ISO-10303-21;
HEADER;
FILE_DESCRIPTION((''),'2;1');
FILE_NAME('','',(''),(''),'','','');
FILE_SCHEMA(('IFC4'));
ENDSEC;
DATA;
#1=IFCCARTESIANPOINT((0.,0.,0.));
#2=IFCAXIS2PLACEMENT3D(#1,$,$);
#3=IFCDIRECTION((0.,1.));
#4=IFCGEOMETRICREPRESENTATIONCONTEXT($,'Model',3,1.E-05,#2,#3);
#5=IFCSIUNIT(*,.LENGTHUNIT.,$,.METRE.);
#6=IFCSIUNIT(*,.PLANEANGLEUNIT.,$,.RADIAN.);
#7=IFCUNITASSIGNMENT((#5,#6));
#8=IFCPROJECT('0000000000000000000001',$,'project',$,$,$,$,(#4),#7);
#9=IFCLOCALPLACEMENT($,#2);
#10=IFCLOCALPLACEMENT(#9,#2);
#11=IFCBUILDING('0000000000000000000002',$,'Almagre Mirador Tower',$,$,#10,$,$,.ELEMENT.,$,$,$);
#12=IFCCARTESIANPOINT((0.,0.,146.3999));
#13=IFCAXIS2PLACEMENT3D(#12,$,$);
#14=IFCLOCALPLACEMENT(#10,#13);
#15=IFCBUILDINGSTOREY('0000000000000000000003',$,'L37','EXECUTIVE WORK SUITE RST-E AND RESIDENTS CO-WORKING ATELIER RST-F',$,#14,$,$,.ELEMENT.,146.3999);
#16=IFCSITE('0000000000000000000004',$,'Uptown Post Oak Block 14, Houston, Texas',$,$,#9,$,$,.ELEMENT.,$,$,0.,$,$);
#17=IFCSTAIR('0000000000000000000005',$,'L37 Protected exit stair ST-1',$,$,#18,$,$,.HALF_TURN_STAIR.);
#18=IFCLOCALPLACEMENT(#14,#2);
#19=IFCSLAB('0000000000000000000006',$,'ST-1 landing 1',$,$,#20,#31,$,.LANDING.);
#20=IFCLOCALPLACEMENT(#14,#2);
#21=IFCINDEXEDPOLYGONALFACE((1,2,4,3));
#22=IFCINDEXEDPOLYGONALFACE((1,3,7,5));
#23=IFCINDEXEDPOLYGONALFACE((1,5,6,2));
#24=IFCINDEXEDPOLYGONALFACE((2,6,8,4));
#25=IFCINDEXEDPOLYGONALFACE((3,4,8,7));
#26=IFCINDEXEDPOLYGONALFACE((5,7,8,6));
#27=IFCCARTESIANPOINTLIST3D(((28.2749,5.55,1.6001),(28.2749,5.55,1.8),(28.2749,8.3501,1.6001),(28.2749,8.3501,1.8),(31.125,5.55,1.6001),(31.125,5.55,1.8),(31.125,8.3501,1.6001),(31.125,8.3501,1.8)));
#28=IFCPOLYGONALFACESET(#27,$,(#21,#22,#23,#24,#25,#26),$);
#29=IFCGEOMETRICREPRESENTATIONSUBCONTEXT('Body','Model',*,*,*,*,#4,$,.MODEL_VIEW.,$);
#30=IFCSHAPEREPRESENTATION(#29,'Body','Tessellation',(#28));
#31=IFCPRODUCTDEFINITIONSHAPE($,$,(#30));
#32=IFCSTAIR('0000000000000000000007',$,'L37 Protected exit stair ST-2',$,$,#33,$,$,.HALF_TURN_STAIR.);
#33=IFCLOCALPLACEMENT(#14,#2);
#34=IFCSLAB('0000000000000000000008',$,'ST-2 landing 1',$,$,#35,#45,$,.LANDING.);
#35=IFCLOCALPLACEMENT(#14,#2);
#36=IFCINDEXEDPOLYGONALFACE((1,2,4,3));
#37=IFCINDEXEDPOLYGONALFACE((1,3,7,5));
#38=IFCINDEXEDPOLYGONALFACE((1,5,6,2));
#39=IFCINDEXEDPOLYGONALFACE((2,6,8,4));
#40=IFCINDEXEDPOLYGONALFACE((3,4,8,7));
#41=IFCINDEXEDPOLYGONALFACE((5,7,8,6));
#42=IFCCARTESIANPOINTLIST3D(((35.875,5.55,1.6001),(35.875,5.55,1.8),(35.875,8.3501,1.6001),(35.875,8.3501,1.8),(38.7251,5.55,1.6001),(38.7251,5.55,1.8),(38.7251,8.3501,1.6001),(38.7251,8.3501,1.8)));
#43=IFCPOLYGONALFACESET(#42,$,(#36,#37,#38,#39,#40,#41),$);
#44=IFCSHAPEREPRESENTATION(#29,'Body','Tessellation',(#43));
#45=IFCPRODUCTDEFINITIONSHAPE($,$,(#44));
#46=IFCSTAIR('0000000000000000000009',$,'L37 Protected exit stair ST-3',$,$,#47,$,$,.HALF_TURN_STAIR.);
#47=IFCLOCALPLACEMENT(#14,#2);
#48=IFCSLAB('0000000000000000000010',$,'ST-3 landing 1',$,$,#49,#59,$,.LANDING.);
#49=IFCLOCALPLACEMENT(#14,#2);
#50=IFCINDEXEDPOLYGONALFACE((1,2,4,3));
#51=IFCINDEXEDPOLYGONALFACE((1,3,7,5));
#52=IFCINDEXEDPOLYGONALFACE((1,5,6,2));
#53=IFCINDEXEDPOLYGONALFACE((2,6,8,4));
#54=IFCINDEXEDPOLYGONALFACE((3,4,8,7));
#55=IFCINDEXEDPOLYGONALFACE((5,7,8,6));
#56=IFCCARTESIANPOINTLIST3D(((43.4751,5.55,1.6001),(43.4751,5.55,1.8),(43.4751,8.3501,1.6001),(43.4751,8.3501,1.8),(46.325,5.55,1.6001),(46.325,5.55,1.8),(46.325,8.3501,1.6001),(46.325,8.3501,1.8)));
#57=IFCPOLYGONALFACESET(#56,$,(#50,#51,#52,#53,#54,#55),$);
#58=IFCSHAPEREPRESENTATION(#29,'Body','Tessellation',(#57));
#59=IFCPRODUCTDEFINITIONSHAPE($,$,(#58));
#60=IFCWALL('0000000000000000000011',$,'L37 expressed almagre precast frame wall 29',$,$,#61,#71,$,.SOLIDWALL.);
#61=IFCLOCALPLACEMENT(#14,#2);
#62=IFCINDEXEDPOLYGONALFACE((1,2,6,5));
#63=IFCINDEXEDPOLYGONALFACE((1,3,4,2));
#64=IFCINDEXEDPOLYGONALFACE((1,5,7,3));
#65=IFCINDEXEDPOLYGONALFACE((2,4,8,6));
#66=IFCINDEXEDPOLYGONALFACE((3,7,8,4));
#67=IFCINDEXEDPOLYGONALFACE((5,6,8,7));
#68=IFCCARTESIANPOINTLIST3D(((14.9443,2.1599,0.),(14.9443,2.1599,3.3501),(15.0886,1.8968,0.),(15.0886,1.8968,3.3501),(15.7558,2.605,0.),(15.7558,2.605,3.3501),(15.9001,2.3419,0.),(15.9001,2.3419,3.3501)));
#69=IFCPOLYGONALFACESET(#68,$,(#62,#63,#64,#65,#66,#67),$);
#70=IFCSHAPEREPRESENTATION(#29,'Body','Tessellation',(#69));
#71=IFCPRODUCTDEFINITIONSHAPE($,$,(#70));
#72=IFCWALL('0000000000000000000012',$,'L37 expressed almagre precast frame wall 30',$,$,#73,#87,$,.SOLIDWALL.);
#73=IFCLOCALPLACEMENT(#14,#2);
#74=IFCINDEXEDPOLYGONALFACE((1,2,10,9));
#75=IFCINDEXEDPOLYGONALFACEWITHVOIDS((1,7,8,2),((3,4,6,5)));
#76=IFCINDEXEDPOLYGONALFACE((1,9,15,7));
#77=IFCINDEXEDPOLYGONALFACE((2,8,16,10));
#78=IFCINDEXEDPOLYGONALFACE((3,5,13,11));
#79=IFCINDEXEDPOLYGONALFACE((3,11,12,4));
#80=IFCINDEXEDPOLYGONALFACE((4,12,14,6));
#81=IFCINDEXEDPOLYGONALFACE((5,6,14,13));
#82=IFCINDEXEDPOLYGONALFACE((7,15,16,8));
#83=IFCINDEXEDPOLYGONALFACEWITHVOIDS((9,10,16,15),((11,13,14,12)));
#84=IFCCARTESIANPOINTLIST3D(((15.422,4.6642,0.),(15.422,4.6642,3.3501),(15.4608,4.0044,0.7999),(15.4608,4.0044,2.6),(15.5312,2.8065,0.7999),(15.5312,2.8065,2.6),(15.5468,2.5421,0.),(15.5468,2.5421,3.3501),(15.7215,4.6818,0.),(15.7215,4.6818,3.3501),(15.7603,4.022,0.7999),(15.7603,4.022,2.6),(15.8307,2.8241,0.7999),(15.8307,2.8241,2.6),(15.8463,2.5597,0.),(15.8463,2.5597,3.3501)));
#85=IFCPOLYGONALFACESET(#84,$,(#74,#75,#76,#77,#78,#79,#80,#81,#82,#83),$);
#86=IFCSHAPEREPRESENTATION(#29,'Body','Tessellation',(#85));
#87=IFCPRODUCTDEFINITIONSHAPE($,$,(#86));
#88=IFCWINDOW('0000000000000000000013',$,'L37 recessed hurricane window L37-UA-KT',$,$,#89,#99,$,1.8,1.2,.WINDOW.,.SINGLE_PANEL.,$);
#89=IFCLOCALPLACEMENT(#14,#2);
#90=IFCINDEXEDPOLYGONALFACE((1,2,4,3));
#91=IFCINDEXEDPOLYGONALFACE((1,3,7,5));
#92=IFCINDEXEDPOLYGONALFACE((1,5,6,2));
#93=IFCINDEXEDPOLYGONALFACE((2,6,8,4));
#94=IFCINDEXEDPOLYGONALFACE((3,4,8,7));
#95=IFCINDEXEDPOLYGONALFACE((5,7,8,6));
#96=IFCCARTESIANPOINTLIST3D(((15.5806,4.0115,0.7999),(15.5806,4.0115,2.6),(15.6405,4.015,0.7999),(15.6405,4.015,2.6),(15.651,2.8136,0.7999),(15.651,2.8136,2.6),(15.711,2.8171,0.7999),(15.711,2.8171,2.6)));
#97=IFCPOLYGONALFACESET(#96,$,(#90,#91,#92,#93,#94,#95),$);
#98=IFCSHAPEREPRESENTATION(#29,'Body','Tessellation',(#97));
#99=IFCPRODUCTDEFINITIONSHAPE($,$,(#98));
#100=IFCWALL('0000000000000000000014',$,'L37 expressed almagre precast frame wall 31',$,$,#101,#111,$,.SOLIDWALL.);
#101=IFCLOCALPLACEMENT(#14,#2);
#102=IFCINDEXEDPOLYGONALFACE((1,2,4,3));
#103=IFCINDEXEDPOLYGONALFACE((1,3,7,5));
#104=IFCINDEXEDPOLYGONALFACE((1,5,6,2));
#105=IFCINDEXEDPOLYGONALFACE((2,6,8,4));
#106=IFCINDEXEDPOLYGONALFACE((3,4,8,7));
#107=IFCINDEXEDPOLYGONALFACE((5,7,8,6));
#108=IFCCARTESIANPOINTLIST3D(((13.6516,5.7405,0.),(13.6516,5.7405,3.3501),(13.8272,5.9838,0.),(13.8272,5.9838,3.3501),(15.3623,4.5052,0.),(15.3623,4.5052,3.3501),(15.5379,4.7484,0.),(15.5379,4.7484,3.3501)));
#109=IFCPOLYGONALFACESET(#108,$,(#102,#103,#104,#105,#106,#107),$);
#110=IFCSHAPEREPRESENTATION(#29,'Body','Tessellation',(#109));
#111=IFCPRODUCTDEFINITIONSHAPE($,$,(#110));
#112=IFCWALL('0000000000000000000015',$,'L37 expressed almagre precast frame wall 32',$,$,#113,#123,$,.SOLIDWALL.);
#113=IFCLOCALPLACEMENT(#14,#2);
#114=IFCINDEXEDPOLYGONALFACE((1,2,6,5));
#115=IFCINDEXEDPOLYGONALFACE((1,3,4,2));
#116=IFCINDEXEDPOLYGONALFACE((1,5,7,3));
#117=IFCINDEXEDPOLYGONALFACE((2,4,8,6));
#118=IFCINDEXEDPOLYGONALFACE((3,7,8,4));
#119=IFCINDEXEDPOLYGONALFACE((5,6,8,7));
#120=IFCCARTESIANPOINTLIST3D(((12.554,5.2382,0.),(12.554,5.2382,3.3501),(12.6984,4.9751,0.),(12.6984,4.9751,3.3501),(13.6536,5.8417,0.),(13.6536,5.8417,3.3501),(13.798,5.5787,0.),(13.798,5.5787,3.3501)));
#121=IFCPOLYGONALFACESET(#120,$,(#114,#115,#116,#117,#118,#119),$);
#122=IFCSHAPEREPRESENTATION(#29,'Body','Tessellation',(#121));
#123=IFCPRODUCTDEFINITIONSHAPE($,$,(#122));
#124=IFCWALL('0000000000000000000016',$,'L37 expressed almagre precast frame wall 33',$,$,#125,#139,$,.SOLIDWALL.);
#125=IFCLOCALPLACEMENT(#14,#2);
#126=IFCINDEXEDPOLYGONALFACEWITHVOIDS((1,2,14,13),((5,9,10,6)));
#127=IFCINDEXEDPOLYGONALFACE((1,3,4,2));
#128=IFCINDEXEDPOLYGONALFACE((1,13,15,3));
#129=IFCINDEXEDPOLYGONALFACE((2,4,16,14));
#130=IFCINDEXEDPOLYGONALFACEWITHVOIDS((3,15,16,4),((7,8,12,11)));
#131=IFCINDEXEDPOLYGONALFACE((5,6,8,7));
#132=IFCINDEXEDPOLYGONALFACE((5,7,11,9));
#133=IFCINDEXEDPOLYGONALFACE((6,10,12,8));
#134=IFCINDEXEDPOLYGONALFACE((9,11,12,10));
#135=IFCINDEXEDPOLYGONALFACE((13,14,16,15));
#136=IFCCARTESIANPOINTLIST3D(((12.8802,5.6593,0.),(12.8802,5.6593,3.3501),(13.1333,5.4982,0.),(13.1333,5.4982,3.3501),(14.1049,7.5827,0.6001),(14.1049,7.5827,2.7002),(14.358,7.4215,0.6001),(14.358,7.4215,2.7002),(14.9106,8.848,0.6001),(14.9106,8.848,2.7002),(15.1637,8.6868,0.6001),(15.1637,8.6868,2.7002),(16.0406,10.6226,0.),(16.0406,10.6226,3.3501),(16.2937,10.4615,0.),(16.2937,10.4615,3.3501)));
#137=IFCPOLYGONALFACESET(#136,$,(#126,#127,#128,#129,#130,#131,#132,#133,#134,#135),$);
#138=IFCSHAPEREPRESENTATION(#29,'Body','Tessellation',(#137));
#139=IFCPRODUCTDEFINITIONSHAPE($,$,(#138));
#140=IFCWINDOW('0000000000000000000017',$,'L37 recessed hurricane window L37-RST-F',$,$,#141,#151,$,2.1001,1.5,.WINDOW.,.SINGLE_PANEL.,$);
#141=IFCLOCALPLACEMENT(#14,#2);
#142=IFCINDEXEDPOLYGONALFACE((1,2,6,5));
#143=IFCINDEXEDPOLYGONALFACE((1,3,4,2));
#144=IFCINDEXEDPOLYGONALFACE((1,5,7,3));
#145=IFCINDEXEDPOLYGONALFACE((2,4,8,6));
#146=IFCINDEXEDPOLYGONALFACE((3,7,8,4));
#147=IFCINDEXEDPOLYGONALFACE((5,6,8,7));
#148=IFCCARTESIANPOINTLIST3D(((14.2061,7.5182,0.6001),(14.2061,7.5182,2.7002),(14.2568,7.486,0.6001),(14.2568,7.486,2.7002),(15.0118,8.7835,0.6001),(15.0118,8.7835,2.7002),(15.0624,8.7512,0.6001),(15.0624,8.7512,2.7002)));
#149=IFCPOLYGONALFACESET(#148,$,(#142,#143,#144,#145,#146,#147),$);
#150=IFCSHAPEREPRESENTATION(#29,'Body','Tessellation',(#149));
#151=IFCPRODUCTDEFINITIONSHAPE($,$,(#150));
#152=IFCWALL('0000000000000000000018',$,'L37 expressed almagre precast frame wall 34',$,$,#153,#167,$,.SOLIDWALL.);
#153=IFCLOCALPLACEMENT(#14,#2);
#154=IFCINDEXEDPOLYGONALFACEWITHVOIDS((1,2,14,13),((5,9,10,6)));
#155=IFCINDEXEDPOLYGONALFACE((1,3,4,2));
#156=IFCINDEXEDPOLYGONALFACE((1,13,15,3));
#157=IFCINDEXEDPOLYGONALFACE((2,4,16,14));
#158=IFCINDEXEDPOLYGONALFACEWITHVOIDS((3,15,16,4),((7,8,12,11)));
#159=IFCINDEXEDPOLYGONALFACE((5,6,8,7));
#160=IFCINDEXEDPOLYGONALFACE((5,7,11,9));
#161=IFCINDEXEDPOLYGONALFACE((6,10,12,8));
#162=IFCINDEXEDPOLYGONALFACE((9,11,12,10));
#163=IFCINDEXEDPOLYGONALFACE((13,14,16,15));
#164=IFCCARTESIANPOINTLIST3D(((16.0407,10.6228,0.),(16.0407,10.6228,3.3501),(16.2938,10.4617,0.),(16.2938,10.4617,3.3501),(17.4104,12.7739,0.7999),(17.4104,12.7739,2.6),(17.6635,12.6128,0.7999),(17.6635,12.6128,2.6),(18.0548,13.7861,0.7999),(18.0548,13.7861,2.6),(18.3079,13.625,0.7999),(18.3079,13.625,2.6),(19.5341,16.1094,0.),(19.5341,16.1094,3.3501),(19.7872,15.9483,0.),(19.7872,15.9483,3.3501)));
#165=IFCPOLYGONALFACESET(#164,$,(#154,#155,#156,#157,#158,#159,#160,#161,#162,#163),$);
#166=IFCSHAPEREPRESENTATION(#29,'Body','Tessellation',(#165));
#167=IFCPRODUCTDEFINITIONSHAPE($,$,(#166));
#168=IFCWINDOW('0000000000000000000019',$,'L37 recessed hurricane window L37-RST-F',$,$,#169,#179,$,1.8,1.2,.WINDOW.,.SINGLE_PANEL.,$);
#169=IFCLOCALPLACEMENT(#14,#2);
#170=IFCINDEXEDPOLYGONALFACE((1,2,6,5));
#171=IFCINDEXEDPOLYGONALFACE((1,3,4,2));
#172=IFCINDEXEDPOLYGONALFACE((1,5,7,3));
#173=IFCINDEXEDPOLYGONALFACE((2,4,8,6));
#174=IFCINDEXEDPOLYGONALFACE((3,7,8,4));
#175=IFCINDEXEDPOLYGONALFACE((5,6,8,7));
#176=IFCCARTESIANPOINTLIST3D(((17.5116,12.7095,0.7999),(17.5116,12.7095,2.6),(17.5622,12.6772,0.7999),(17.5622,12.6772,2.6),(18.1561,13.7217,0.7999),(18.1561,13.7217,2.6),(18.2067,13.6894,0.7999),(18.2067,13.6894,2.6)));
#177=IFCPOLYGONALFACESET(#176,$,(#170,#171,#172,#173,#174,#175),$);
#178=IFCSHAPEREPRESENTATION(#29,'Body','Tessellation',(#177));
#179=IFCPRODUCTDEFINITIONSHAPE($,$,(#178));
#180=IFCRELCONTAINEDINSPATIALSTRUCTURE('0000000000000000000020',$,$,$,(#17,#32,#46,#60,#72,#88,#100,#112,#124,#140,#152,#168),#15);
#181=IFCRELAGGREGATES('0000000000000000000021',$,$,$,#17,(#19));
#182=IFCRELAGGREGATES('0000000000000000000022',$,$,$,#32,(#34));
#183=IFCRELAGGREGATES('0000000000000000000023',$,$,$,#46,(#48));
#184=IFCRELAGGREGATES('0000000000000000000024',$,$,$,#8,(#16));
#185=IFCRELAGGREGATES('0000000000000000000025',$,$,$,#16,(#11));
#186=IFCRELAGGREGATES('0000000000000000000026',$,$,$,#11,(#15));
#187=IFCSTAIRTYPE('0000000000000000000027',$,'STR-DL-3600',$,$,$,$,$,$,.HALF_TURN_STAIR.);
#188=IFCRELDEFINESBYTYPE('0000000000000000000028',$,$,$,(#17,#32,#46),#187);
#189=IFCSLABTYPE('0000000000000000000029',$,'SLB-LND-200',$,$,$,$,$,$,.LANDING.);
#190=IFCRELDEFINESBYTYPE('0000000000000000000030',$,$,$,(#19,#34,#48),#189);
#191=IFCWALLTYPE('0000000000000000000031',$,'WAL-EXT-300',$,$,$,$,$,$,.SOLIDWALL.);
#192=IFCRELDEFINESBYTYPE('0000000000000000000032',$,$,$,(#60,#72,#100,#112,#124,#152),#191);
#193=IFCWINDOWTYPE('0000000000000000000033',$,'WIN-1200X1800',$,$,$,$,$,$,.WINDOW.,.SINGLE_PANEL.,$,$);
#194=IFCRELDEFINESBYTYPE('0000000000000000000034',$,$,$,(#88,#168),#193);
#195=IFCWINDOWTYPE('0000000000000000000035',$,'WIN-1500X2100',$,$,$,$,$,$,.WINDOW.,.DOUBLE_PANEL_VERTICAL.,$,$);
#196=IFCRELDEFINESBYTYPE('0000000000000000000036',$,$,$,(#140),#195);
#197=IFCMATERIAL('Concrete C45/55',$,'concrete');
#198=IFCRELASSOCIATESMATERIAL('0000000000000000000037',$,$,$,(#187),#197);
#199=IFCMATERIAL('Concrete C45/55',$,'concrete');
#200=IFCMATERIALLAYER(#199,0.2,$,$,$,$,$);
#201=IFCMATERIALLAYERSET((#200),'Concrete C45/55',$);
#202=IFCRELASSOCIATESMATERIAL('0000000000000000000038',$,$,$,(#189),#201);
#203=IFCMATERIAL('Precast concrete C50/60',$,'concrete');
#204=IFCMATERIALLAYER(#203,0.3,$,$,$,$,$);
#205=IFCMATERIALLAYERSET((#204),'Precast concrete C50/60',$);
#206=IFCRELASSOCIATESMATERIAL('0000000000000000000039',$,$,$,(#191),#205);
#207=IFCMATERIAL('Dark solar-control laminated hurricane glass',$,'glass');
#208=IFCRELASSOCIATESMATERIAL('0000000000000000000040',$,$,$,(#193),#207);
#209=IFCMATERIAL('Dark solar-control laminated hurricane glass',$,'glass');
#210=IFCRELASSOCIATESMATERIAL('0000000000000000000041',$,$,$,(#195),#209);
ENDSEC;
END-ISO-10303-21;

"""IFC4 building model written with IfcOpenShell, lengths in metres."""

from ifc_helpers import new_model, si_unit, direction, frame, frame_2d, origin, place, context, subcontext, project, spatial, polyline, rectangle, outline, extrude, material, layer, layer_set, type_object, element, fill, aggregate, save


model = new_model("IFC4")

# Units and contexts
model_context = context("Model", 3, precision=1e-05, world=origin(), true_north=direction((0.0, 1.0)))
body_context = subcontext(model_context, "Body", "Model", "MODEL_VIEW")
ifc_project = project(units=[si_unit("LENGTHUNIT", "METRE"), si_unit("PLANEANGLEUNIT", "RADIAN")], contexts=[model_context])

# Site, building, storey
site_placement = place(None, origin())
site = spatial("IfcSite", under=ifc_project, at=site_placement, Name="Uptown Post Oak Block 14, Houston, Texas", CompositionType="ELEMENT", RefElevation=0.0)
building_placement = place(site_placement, origin())
building = spatial("IfcBuilding", under=site, at=building_placement, Name="Almagre Mirador Tower", CompositionType="ELEMENT")
storey_placement = place(building_placement, frame((0.0, 0.0, 146.3999)))
storey = spatial("IfcBuildingStorey", under=building, at=storey_placement, Name="L37", Description="EXECUTIVE WORK SUITE RST-E AND RESIDENTS CO-WORKING ATELIER RST-F", CompositionType="ELEMENT", Elevation=146.3999)

# Stairs, slabs
ifc_material_1 = material(Name="Concrete C45/55", Category="concrete")
stair_type = type_object("IfcStairType", Name="STR-DL-3600", PredefinedType="HALF_TURN_STAIR", material=ifc_material_1)
stair_1_placement = place(storey_placement, origin())
stair_1 = element("IfcStair", 1, at=stair_1_placement, inside=storey, type_object=stair_type, Name="L37 Protected exit stair ST-1", PredefinedType="HALF_TURN_STAIR")
ifc_material_2 = material(Name="Concrete C45/55", Category="concrete")
ifc_layer_1 = layer(ifc_material_2, 0.2)
ifc_layer_set_1 = layer_set([ifc_layer_1], Name="Concrete C45/55")
slab_type_1 = type_object("IfcSlabType", Name="SLB-LND-200", PredefinedType="LANDING", material=ifc_layer_set_1)
slab_1_placement = place(storey_placement, frame((0.0, 0.0, 1.6001)))
slab_1 = element("IfcSlab", 2, at=slab_1_placement, type_object=slab_type_1, Name="ST-1 landing 1", PredefinedType="LANDING", context=body_context, shape_type="SweptSolid", body=[
    extrude(outline(polyline([(28.2749, 8.3501), (28.2749, 5.55), (31.125, 5.55), (31.125, 8.3501), (28.2749, 8.3501)])), origin(), (0.0, 0.0, 1.0), 0.2),
])
aggregate(stair_1, [slab_1])
stair_2_placement = place(storey_placement, origin())
stair_2 = element("IfcStair", 3, at=stair_2_placement, inside=storey, type_object=stair_type, Name="L37 Protected exit stair ST-2", PredefinedType="HALF_TURN_STAIR")
slab_2_placement = place(storey_placement, frame((0.0, 0.0, 1.6001)))
slab_2 = element("IfcSlab", 4, at=slab_2_placement, type_object=slab_type_1, Name="ST-2 landing 1", PredefinedType="LANDING", context=body_context, shape_type="SweptSolid", body=[
    extrude(outline(polyline([(35.875, 8.3501), (35.875, 5.55), (38.7251, 5.55), (38.7251, 8.3501), (35.875, 8.3501)])), origin(), (0.0, 0.0, 1.0), 0.2),
])
aggregate(stair_2, [slab_2])
stair_3_placement = place(storey_placement, origin())
stair_3 = element("IfcStair", 5, at=stair_3_placement, inside=storey, type_object=stair_type, Name="L37 Protected exit stair ST-3", PredefinedType="HALF_TURN_STAIR")
slab_3_placement = place(storey_placement, frame((0.0, 0.0, 1.6001)))
slab_3 = element("IfcSlab", 6, at=slab_3_placement, type_object=slab_type_1, Name="ST-3 landing 1", PredefinedType="LANDING", context=body_context, shape_type="SweptSolid", body=[
    extrude(outline(polyline([(43.4751, 8.3501), (43.4751, 5.55), (46.325, 5.55), (46.325, 8.3501), (43.4751, 8.3501)])), origin(), (0.0, 0.0, 1.0), 0.2),
])
aggregate(stair_3, [slab_3])

# Wall
ifc_material_3 = material(Name="Precast concrete C50/60", Category="concrete")
ifc_layer_2 = layer(ifc_material_3, 0.3)
ifc_layer_set_2 = layer_set([ifc_layer_2], Name="Precast concrete C50/60")
wall_type_1 = type_object("IfcWallType", Name="WAL-EXT-300", PredefinedType="SOLIDWALL", material=ifc_layer_set_2)
wall_1_placement = place(storey_placement, frame((15.0164, 2.0283, 0.0), z_axis=(0.0, 0.0, 1.0), x_axis=(0.876794, 0.480865, 0.0)))
element("IfcWall", 7, at=wall_1_placement, inside=storey, type_object=wall_type_1, Name="L37 expressed almagre precast frame wall 29", PredefinedType="SOLIDWALL", context=body_context, shape_type="SweptSolid", body=[
    extrude(rectangle(XDim=0.9255, YDim=0.3, at=frame_2d((0.4629, 0.0))), origin(), (0.0, 0.0, 1.0), 3.3501),
])

# Wall, opening, window
wall_2_placement = place(storey_placement, frame((15.6965, 2.5508, 0.0), z_axis=(0.0, 0.0, 1.0), x_axis=(-0.058688, 0.998276, 0.0)))
wall_2 = element("IfcWall", 8, at=wall_2_placement, inside=storey, type_object=wall_type_1, Name="L37 expressed almagre precast frame wall 30", PredefinedType="SOLIDWALL", context=body_context, shape_type="SweptSolid", body=[
    extrude(rectangle(XDim=2.1257, YDim=0.3, at=frame_2d((1.063, 0.0))), origin(), (0.0, 0.0, 1.0), 3.3501),
])
opening_1_placement = place(wall_2_placement, frame((0.2649, 0.0, 0.8)))
opening_1 = element("IfcOpeningElement", 9, at=opening_1_placement, cuts=wall_2, PredefinedType="OPENING", context=body_context, shape_type="SweptSolid", body=[
    extrude(rectangle(XDim=1.2, YDim=1.8, at=frame_2d((0.6001, 0.8999))), frame((0.0, 0.1599, 0.0), z_axis=(0.0, -1.0, 0.0), x_axis=(1.0, 0.0, 0.0)), (0.0, 0.0, 1.0), 0.32),
])
ifc_material_4 = material(Name="Dark solar-control laminated hurricane glass", Category="glass")
window_type_1 = type_object("IfcWindowType", Name="WIN-1200X1800", PartitioningType="SINGLE_PANEL", PredefinedType="WINDOW", material=ifc_material_4)
window_1_placement = place(opening_1_placement, origin())
window_1 = element("IfcWindow", 10, at=window_1_placement, inside=storey, type_object=window_type_1, Name="L37 recessed hurricane window L37-UA-KT", OverallHeight=1.8, OverallWidth=1.2, PartitioningType="SINGLE_PANEL", PredefinedType="WINDOW", context=body_context, shape_type="SweptSolid", body=[
    extrude(rectangle(XDim=1.2, YDim=1.8, at=frame_2d((0.6001, 0.8999))), frame((0.0, 0.03, 0.0), z_axis=(0.0, -1.0, 0.0), x_axis=(1.0, 0.0, 0.0)), (0.0, 0.0, 1.0), 0.0601),
])
fill(opening_1, window_1)

# Walls
wall_3_placement = place(storey_placement, frame((15.4502, 4.6267, 0.0), z_axis=(0.0, 0.0, 1.0), x_axis=(-0.810713, 0.585444, 0.0)))
element("IfcWall", 11, at=wall_3_placement, inside=storey, type_object=wall_type_1, Name="L37 expressed almagre precast frame wall 31", PredefinedType="SOLIDWALL", context=body_context, shape_type="SweptSolid", body=[
    extrude(rectangle(XDim=2.1101, YDim=0.3, at=frame_2d((1.0552, 0.0))), origin(), (0.0, 0.0, 1.0), 3.3501),
])
wall_4_placement = place(storey_placement, frame((13.7258, 5.7102, 0.0), z_axis=(0.0, 0.0, 1.0), x_axis=(-0.876643, -0.481142, 0.0)))
element("IfcWall", 12, at=wall_4_placement, inside=storey, type_object=wall_type_1, Name="L37 expressed almagre precast frame wall 32", PredefinedType="SOLIDWALL", context=body_context, shape_type="SweptSolid", body=[
    extrude(rectangle(XDim=1.2544, YDim=0.3, at=frame_2d((0.6272, 0.0))), origin(), (0.0, 0.0, 1.0), 3.3501),
])

# Walls, openings, windows
wall_5_placement = place(storey_placement, frame((13.0068, 5.5789, 0.0), z_axis=(0.0, 0.0, 1.0), x_axis=(0.537104, 0.843516, 0.0)))
wall_5 = element("IfcWall", 13, at=wall_5_placement, inside=storey, type_object=wall_type_1, Name="L37 expressed almagre precast frame wall 33", PredefinedType="SOLIDWALL", context=body_context, shape_type="SweptSolid", body=[
    extrude(rectangle(XDim=5.884, YDim=0.3, at=frame_2d((2.9419, 0.0))), origin(), (0.0, 0.0, 1.0), 3.3501),
])
opening_2_placement = place(wall_5_placement, frame((2.28, 0.0, 0.6001)))
opening_2 = element("IfcOpeningElement", 14, at=opening_2_placement, cuts=wall_5, PredefinedType="OPENING", context=body_context, shape_type="SweptSolid", body=[
    extrude(rectangle(XDim=1.5, YDim=2.1001, at=frame_2d((0.75, 1.05))), frame((0.0, 0.1599, 0.0), z_axis=(0.0, -1.0, 0.0), x_axis=(1.0, 0.0, 0.0)), (0.0, 0.0, 1.0), 0.32),
])
ifc_material_5 = material(Name="Dark solar-control laminated hurricane glass", Category="glass")
window_type_2 = type_object("IfcWindowType", Name="WIN-1500X2100", PartitioningType="DOUBLE_PANEL_VERTICAL", PredefinedType="WINDOW", material=ifc_material_5)
window_2_placement = place(opening_2_placement, origin())
window_2 = element("IfcWindow", 15, at=window_2_placement, inside=storey, type_object=window_type_2, Name="L37 recessed hurricane window L37-RST-F", OverallHeight=2.1001, OverallWidth=1.5, PartitioningType="SINGLE_PANEL", PredefinedType="WINDOW", context=body_context, shape_type="SweptSolid", body=[
    extrude(rectangle(XDim=1.5, YDim=2.1001, at=frame_2d((0.75, 1.05))), frame((0.0, 0.03, 0.0), z_axis=(0.0, -1.0, 0.0), x_axis=(1.0, 0.0, 0.0)), (0.0, 0.0, 1.0), 0.0601),
])
fill(opening_2, window_2)
wall_6_placement = place(storey_placement, frame((16.1672, 10.5422, 0.0), z_axis=(0.0, 0.0, 1.0), x_axis=(0.537089, 0.843525, 0.0)))
wall_6 = element("IfcWall", 16, at=wall_6_placement, inside=storey, type_object=wall_type_1, Name="L37 expressed almagre precast frame wall 34", PredefinedType="SOLIDWALL", context=body_context, shape_type="SweptSolid", body=[
    extrude(rectangle(XDim=6.5044, YDim=0.3, at=frame_2d((3.2522, 0.0))), origin(), (0.0, 0.0, 1.0), 3.3501),
])
opening_3_placement = place(wall_6_placement, frame((2.55, 0.0, 0.8)))
opening_3 = element("IfcOpeningElement", 17, at=opening_3_placement, cuts=wall_6, PredefinedType="OPENING", context=body_context, shape_type="SweptSolid", body=[
    extrude(rectangle(XDim=1.2, YDim=1.8, at=frame_2d((0.6001, 0.8999))), frame((0.0, 0.1599, 0.0), z_axis=(0.0, -1.0, 0.0), x_axis=(1.0, 0.0, 0.0)), (0.0, 0.0, 1.0), 0.32),
])
window_3_placement = place(opening_3_placement, origin())
window_3 = element("IfcWindow", 18, at=window_3_placement, inside=storey, type_object=window_type_1, Name="L37 recessed hurricane window L37-RST-F", OverallHeight=1.8, OverallWidth=1.2, PartitioningType="SINGLE_PANEL", PredefinedType="WINDOW", context=body_context, shape_type="SweptSolid", body=[
    extrude(rectangle(XDim=1.2, YDim=1.8, at=frame_2d((0.6001, 0.8999))), frame((0.0, 0.03, 0.0), z_axis=(0.0, -1.0, 0.0), x_axis=(1.0, 0.0, 0.0)), (0.0, 0.0, 1.0), 0.0601),
])
fill(opening_3, window_3)

save(model, "model.ifc")
